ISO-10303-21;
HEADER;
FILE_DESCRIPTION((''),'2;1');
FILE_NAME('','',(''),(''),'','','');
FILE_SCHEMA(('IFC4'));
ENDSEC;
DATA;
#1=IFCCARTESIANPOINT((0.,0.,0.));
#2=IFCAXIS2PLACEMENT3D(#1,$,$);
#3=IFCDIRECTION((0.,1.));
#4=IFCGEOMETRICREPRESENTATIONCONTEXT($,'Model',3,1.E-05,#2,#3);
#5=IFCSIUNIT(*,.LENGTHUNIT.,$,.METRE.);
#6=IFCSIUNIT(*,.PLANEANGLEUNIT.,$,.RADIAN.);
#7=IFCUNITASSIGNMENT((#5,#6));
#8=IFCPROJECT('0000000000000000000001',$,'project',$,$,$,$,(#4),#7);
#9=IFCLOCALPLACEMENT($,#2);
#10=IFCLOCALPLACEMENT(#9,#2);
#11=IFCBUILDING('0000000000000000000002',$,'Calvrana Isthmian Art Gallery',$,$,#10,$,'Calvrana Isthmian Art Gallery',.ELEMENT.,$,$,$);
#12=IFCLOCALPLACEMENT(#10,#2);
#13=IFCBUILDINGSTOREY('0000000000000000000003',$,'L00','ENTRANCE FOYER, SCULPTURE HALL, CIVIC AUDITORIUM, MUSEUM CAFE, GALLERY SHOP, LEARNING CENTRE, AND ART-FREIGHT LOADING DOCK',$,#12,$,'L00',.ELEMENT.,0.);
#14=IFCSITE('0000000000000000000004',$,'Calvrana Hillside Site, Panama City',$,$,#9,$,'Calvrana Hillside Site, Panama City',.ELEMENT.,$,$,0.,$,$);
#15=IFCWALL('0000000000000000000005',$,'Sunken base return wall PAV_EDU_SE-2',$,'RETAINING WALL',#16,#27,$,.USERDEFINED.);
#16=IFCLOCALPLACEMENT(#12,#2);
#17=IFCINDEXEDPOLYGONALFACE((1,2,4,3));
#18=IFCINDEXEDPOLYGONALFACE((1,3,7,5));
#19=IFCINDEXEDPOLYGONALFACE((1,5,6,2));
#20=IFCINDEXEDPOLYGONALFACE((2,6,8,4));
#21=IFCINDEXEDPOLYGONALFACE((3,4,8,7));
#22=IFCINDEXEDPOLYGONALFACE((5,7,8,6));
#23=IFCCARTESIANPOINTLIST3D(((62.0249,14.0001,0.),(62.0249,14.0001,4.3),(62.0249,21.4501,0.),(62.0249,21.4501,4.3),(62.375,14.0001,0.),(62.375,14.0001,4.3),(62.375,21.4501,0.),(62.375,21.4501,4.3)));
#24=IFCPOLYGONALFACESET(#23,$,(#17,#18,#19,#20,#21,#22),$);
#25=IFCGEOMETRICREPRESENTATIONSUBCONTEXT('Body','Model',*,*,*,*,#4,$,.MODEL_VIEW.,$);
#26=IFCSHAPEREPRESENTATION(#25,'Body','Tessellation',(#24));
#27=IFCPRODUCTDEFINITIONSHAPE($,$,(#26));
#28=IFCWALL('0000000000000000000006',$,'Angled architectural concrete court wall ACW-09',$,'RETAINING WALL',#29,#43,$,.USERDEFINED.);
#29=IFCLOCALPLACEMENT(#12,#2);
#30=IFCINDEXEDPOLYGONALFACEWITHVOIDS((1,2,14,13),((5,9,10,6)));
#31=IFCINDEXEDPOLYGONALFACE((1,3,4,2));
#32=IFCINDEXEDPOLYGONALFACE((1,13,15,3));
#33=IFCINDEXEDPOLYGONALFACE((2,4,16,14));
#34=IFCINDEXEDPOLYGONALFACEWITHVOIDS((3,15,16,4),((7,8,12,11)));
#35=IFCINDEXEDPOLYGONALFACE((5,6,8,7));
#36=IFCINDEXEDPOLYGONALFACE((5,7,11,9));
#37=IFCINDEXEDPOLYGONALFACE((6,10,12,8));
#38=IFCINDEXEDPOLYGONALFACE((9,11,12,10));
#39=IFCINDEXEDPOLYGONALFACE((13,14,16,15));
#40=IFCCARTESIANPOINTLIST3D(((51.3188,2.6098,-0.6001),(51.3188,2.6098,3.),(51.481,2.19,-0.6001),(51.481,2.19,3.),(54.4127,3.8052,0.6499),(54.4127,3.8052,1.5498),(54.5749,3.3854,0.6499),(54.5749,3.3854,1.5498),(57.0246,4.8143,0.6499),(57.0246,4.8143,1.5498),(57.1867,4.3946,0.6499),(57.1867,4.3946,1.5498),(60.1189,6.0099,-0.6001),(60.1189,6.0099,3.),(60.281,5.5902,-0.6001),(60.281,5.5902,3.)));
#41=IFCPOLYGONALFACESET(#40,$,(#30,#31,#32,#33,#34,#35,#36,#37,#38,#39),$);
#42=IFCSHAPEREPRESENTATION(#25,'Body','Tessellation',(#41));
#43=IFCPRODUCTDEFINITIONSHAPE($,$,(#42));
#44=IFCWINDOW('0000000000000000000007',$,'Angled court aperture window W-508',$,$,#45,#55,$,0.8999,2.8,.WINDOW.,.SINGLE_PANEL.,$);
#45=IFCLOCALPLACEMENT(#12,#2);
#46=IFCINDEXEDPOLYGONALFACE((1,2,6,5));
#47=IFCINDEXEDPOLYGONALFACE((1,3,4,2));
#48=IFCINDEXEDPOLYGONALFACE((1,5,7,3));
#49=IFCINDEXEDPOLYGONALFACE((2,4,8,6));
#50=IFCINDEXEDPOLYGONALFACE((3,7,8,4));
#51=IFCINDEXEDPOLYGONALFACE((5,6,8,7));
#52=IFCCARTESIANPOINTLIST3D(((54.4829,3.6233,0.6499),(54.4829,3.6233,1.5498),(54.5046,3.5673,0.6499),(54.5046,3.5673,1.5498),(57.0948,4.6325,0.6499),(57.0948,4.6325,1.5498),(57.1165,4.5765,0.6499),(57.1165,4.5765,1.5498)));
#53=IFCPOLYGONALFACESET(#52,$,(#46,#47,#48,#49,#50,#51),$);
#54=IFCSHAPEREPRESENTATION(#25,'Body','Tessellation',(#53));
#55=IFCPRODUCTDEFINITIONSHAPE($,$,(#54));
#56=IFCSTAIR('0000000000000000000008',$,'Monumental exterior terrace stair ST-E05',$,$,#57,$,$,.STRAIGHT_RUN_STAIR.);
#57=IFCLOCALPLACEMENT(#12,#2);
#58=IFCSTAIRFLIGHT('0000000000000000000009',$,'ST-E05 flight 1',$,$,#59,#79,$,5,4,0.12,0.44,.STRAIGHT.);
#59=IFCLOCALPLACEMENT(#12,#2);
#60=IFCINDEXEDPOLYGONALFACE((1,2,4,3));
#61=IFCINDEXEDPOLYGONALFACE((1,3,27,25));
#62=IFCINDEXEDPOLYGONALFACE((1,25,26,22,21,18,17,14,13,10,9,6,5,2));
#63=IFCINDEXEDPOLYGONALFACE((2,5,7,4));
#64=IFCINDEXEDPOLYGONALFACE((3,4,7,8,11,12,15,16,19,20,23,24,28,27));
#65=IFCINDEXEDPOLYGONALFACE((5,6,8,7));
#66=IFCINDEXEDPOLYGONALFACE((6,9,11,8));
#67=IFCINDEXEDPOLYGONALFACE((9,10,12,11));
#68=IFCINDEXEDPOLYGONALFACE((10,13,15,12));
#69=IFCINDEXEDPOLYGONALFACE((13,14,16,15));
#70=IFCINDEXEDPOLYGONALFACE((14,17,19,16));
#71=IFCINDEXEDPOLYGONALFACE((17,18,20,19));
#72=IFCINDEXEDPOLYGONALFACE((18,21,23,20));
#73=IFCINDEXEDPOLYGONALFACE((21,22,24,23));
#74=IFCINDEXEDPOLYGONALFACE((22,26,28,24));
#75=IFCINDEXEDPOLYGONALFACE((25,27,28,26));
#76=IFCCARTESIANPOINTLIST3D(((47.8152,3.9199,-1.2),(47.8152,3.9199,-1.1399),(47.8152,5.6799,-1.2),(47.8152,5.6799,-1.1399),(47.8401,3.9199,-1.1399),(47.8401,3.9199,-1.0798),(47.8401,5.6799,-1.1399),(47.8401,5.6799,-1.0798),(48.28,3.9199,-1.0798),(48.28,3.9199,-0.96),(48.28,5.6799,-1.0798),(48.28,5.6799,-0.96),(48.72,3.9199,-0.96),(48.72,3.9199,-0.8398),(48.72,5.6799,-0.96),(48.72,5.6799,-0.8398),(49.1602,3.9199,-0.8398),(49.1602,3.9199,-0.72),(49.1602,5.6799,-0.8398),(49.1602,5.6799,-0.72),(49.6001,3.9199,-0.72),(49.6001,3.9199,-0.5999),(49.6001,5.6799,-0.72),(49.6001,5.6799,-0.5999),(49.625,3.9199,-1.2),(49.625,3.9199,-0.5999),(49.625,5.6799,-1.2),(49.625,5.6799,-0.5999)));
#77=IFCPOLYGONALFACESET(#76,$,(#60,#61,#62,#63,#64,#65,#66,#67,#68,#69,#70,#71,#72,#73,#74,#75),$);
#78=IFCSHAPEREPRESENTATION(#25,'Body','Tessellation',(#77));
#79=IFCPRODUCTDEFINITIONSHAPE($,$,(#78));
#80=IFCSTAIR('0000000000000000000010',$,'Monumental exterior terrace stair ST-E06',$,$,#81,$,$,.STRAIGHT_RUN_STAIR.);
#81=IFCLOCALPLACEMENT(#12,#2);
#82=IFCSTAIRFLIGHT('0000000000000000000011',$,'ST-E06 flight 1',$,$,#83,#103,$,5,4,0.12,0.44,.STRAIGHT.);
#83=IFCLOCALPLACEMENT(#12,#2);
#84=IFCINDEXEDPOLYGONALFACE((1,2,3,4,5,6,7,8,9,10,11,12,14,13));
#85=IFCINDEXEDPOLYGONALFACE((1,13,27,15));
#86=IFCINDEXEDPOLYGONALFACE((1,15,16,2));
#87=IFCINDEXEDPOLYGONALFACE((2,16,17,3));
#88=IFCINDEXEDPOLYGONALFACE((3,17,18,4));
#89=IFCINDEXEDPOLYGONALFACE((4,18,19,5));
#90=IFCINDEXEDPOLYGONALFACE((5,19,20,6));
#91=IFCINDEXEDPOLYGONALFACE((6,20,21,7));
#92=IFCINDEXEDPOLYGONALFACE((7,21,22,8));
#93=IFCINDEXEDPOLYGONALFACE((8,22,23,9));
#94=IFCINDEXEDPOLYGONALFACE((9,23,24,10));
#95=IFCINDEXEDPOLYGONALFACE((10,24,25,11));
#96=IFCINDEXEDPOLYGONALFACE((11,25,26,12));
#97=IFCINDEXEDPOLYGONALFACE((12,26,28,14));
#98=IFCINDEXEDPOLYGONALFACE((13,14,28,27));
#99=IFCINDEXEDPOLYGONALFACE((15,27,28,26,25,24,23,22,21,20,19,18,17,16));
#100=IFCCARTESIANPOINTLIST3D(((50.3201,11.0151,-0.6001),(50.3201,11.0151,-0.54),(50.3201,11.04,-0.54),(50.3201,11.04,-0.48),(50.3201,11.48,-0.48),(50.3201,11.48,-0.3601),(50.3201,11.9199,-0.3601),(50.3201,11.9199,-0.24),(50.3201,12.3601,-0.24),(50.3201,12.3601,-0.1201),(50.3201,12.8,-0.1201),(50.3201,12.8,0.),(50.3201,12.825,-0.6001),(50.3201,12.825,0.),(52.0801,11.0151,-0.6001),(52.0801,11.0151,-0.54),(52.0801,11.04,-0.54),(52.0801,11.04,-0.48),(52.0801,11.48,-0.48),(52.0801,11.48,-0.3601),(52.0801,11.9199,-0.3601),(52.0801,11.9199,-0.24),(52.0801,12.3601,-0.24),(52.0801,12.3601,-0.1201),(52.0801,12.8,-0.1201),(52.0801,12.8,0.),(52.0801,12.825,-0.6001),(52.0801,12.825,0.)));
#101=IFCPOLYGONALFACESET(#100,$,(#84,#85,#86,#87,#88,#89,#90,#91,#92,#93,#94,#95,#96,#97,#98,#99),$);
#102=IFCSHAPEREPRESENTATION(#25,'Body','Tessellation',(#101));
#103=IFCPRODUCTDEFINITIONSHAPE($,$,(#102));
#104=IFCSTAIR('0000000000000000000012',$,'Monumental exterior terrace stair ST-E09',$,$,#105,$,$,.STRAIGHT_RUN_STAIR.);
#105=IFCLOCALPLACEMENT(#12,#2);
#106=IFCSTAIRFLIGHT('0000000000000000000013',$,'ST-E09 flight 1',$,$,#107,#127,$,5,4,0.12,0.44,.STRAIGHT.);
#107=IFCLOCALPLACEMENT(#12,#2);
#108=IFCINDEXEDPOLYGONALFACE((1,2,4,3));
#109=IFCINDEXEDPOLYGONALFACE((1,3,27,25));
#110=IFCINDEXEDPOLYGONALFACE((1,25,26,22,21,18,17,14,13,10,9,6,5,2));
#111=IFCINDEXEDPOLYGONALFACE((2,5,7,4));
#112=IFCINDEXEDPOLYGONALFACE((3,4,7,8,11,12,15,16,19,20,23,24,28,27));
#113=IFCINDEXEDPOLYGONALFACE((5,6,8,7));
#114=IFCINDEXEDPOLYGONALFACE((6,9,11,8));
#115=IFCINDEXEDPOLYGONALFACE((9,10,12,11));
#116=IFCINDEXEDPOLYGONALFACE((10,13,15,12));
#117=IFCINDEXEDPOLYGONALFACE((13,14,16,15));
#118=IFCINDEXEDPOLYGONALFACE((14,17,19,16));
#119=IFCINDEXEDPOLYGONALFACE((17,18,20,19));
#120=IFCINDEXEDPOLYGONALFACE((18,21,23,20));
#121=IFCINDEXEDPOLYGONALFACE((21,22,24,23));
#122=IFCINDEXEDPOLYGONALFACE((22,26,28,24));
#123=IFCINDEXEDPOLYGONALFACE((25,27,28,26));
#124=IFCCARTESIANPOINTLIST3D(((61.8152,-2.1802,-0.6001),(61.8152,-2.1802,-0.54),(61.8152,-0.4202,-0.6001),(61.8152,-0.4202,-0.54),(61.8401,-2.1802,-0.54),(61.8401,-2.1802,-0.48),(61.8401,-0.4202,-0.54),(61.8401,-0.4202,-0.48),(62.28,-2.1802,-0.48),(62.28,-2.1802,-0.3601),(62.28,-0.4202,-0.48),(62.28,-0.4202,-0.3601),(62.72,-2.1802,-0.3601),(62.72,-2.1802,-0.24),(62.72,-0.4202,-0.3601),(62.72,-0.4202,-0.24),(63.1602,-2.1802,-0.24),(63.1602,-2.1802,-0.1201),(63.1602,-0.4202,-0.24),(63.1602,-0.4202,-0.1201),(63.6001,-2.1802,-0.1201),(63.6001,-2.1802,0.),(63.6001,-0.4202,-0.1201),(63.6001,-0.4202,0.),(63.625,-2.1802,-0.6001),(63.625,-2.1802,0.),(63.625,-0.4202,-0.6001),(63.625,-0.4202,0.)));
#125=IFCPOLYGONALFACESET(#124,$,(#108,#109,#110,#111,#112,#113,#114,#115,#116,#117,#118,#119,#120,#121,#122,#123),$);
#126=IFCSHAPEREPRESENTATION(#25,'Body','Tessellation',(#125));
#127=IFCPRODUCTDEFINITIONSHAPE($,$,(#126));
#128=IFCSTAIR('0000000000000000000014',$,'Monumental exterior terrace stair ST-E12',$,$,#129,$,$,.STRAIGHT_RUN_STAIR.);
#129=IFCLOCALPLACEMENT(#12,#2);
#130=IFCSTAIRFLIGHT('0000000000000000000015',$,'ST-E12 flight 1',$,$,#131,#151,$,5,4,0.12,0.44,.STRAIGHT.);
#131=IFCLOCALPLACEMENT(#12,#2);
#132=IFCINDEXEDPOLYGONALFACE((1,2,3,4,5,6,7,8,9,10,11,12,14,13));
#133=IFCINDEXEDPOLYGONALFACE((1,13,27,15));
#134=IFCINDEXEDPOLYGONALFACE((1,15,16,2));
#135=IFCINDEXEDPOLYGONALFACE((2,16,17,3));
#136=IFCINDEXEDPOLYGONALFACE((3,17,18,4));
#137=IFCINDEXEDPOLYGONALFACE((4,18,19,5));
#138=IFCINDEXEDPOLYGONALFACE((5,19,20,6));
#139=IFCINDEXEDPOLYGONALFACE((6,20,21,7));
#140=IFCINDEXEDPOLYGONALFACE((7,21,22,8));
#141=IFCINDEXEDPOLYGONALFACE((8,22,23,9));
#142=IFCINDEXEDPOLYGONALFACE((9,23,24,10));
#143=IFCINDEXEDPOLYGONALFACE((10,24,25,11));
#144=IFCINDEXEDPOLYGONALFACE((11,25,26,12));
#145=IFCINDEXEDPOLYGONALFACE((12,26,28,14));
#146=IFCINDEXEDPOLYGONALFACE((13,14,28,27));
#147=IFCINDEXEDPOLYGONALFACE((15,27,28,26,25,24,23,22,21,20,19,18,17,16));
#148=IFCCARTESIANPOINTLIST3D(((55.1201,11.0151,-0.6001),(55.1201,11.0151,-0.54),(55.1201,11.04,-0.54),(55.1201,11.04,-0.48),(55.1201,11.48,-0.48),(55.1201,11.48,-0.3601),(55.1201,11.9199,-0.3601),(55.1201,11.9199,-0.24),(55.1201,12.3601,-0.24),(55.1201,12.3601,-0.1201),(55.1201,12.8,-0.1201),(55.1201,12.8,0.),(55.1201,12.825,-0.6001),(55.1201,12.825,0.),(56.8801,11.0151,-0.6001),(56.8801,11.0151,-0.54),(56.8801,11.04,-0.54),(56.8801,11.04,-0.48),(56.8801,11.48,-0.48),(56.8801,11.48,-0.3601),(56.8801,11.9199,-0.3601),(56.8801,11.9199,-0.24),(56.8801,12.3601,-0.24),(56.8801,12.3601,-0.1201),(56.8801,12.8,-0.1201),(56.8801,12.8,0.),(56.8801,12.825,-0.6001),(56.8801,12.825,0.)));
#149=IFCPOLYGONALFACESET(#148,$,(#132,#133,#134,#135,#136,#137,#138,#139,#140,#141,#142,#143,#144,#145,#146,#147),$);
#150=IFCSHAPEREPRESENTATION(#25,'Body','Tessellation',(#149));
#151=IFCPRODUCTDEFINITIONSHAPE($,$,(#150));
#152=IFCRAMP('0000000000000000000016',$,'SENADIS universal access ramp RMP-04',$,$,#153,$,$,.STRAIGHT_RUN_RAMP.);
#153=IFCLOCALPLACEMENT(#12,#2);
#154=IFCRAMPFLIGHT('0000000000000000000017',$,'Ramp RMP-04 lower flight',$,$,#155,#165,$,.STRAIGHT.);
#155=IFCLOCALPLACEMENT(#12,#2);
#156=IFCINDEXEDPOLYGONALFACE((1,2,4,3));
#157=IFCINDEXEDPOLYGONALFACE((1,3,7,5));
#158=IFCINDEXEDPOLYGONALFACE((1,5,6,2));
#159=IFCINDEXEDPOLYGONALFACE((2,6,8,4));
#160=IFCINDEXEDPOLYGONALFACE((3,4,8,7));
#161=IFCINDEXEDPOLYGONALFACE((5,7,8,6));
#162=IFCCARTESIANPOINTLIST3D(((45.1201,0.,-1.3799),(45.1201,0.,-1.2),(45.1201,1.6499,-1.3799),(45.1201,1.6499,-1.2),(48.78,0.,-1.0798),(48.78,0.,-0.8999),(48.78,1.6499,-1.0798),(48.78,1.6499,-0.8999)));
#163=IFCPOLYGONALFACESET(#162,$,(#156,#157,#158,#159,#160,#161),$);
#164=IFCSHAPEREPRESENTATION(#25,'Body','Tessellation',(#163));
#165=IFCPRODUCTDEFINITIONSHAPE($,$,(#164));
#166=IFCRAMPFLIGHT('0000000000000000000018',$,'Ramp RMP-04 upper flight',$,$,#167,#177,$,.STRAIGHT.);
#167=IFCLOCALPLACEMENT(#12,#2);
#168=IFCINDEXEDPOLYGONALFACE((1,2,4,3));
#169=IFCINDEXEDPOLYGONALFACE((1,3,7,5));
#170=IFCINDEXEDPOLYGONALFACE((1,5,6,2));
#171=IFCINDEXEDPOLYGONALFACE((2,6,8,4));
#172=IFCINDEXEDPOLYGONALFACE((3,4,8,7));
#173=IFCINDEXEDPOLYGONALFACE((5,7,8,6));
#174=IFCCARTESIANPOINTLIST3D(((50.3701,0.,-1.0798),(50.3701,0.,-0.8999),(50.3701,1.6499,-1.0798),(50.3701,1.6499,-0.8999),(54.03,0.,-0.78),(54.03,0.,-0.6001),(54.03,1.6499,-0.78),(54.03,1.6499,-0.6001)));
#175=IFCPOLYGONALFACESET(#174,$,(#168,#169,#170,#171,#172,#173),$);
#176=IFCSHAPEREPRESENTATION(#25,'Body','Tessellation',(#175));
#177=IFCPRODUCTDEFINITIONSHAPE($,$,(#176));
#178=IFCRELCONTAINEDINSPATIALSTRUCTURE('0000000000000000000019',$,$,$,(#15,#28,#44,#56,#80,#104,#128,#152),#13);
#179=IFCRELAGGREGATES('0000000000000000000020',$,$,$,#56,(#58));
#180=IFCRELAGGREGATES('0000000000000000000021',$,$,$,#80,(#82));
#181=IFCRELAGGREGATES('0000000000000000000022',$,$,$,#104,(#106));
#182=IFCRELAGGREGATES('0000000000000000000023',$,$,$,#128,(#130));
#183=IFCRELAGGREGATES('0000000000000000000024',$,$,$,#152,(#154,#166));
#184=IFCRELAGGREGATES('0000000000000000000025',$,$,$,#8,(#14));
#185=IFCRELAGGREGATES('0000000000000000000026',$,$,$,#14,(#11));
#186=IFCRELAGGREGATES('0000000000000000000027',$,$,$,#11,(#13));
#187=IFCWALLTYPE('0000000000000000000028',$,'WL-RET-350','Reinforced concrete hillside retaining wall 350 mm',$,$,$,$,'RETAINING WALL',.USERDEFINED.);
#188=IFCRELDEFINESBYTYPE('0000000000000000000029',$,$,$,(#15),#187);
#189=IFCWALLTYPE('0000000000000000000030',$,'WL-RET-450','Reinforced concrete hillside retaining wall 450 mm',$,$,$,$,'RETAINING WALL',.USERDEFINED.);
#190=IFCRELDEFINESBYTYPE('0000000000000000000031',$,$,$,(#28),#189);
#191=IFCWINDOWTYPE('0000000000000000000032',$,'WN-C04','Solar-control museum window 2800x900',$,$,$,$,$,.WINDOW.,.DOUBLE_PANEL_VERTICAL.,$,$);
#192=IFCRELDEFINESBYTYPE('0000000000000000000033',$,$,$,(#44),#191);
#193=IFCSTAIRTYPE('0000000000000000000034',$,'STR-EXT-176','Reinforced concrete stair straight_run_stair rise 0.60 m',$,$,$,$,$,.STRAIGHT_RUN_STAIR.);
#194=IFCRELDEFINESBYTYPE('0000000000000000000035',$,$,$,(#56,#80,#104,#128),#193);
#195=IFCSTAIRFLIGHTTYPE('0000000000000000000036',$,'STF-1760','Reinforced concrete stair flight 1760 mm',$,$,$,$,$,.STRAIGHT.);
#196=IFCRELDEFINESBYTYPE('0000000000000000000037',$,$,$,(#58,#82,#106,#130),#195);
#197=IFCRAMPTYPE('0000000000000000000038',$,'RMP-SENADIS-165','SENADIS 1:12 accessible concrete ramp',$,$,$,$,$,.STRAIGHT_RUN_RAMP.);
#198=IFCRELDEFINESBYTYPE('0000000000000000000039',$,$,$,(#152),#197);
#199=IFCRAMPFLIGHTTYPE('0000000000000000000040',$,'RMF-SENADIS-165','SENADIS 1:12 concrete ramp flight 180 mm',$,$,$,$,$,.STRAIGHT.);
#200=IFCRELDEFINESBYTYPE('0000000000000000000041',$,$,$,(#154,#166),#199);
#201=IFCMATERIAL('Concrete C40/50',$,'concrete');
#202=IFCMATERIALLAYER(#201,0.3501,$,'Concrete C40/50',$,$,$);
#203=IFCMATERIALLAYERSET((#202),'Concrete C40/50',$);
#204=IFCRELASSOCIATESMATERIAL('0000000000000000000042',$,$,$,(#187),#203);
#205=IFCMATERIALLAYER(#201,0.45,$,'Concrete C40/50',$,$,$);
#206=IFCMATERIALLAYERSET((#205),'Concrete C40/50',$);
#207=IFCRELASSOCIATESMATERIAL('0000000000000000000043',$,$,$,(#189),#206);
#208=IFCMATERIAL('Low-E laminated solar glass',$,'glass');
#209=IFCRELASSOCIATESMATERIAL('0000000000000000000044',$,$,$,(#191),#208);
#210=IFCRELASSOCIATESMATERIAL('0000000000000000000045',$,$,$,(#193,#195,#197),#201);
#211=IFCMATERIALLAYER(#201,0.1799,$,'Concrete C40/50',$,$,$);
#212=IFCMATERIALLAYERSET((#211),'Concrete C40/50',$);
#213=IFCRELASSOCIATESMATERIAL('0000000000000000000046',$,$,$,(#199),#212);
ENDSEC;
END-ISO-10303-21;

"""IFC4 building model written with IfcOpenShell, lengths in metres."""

from ifc_helpers import new_model, si_unit, direction, frame, frame_2d, origin, place, context, subcontext, project, spatial, polyline, rectangle, outline, extrude, material, layer, layer_set, type_object, element, fill, aggregate, save


model = new_model("IFC4")

# Units and contexts
model_context = context("Model", 3, precision=1e-05, world=origin(), true_north=direction((0.0, 1.0)))
body_context = subcontext(model_context, "Body", "Model", "MODEL_VIEW")
ifc_project = project(units=[si_unit("LENGTHUNIT", "METRE"), si_unit("PLANEANGLEUNIT", "RADIAN")], contexts=[model_context])

# Site, building, storey
site_placement = place(None, origin())
site = spatial("IfcSite", under=ifc_project, at=site_placement, Name="Calvrana Hillside Site, Panama City", LongName="Calvrana Hillside Site, Panama City", CompositionType="ELEMENT", RefElevation=0.0)
building_placement = place(site_placement, origin())
building = spatial("IfcBuilding", under=site, at=building_placement, Name="Calvrana Isthmian Art Gallery", LongName="Calvrana Isthmian Art Gallery", CompositionType="ELEMENT")
storey_placement = place(building_placement, origin())
storey = spatial("IfcBuildingStorey", under=building, at=storey_placement, Name="L00", Description="ENTRANCE FOYER, SCULPTURE HALL, CIVIC AUDITORIUM, MUSEUM CAFE, GALLERY SHOP, LEARNING CENTRE, AND ART-FREIGHT LOADING DOCK", LongName="L00", CompositionType="ELEMENT", Elevation=0.0)

# Shared definitions
ifc_material_1 = material(Name="Low-E laminated solar glass", Category="glass")

# Wall
ifc_material_2 = material(Name="Concrete C40/50", Category="concrete")
ifc_layer_1 = layer(ifc_material_2, 0.3501, Name="Concrete C40/50")
ifc_layer_set_1 = layer_set([ifc_layer_1], Name="Concrete C40/50")
wall_type_1 = type_object("IfcWallType", Name="WL-RET-350", Description="Reinforced concrete hillside retaining wall 350 mm", ElementType="RETAINING WALL", PredefinedType="USERDEFINED", material=ifc_layer_set_1)
wall_1_placement = place(storey_placement, frame((62.2, 14.0, 0.0), z_axis=(0.0, 0.0, 1.0), x_axis=(0.0, 1.0, 0.0)))
element("IfcWall", 1, at=wall_1_placement, inside=storey, type_object=wall_type_1, Name="Sunken base return wall PAV_EDU_SE-2", ObjectType="RETAINING WALL", PredefinedType="USERDEFINED", context=body_context, shape_type="SweptSolid", body=[
    extrude(rectangle(XDim=7.45, YDim=0.3501, at=frame_2d((3.7251, 0.0))), origin(), (0.0, 0.0, 1.0), 4.3),
])

# Wall, opening, window
ifc_layer_2 = layer(ifc_material_2, 0.45, Name="Concrete C40/50")
ifc_layer_set_2 = layer_set([ifc_layer_2], Name="Concrete C40/50")
wall_type_2 = type_object("IfcWallType", Name="WL-RET-450", Description="Reinforced concrete hillside retaining wall 450 mm", ElementType="RETAINING WALL", PredefinedType="USERDEFINED", material=ifc_layer_set_2)
wall_2_placement = place(storey_placement, frame((51.3999, 2.3999, -0.6001), z_axis=(0.0, 0.0, 1.0), x_axis=(0.932794, 0.360411, 0.0)))
wall_2 = element("IfcWall", 2, at=wall_2_placement, inside=storey, type_object=wall_type_2, Name="Angled architectural concrete court wall ACW-09", ObjectType="RETAINING WALL", PredefinedType="USERDEFINED", context=body_context, shape_type="SweptSolid", body=[
    extrude(rectangle(XDim=9.4341, YDim=0.45, at=frame_2d((4.717, 0.0))), origin(), (0.0, 0.0, 1.0), 3.6001),
])
opening_placement = place(wall_2_placement, frame((3.3169, 0.0, 1.25)))
opening = element("IfcOpeningElement", 3, at=opening_placement, cuts=wall_2, PredefinedType="OPENING", context=body_context, shape_type="SweptSolid", body=[
    extrude(rectangle(XDim=2.8, YDim=0.8999, at=frame_2d((1.3999, 0.45))), frame((0.0, 0.2354, 0.0), z_axis=(0.0, -1.0, 0.0), x_axis=(1.0, 0.0, 0.0)), (0.0, 0.0, 1.0), 0.4705),
])
window_type = type_object("IfcWindowType", Name="WN-C04", Description="Solar-control museum window 2800x900", PartitioningType="DOUBLE_PANEL_VERTICAL", PredefinedType="WINDOW", material=ifc_material_1)
window_placement = place(opening_placement, origin())
window = element("IfcWindow", 4, at=window_placement, inside=storey, type_object=window_type, Name="Angled court aperture window W-508", OverallHeight=0.8999, OverallWidth=2.8, PartitioningType="SINGLE_PANEL", PredefinedType="WINDOW", context=body_context, shape_type="SweptSolid", body=[
    extrude(rectangle(XDim=2.8, YDim=0.8999, at=frame_2d((1.3999, 0.45))), frame((0.0, 0.03, 0.0), z_axis=(0.0, -1.0, 0.0), x_axis=(1.0, 0.0, 0.0)), (0.0, 0.0, 1.0), 0.0601),
])
fill(opening, window)

# Stairs, stair flights
stair_type = type_object("IfcStairType", Name="STR-EXT-176", Description="Reinforced concrete stair straight_run_stair rise 0.60 m", PredefinedType="STRAIGHT_RUN_STAIR", material=ifc_material_2)
stair_1_placement = place(storey_placement, origin())
stair_1 = element("IfcStair", 5, at=stair_1_placement, inside=storey, type_object=stair_type, Name="Monumental exterior terrace stair ST-E05", PredefinedType="STRAIGHT_RUN_STAIR")
stair_flight_type = type_object("IfcStairFlightType", Name="STF-1760", Description="Reinforced concrete stair flight 1760 mm", PredefinedType="STRAIGHT", material=ifc_material_2)
stair_flight_1_placement = place(storey_placement, frame((47.8401, 4.8, -1.2), z_axis=(0.0, 0.0, 1.0), x_axis=(1.0, 0.0, 0.0)))
stair_flight_1 = element("IfcStairFlight", 6, at=stair_flight_1_placement, type_object=stair_flight_type, Name="ST-E05 flight 1", NumberOfRisers=5, NumberOfTreads=4, PredefinedType="STRAIGHT", RiserHeight=0.12, TreadLength=0.44, context=body_context, shape_type="SweptSolid", body=[
    extrude(outline(polyline([(-0.0249, 0.0), (-0.0249, 0.0601), (0.0, 0.0601), (0.0, 0.1201), (0.4399, 0.1201), (0.4399, 0.24), (0.8799, 0.24), (0.8799, 0.3601), (1.3201, 0.3601), (1.3201, 0.48), (1.76, 0.48), (1.76, 0.6001), (1.7849, 0.6001), (1.7849, 0.0), (-0.0249, 0.0)])), frame((0.0, 0.8799, 0.0), z_axis=(0.0, -1.0, 0.0), x_axis=(1.0, 0.0, 0.0)), (0.0, 0.0, 1.0), 1.76),
])
aggregate(stair_1, [stair_flight_1])
stair_2_placement = place(storey_placement, origin())
stair_2 = element("IfcStair", 7, at=stair_2_placement, inside=storey, type_object=stair_type, Name="Monumental exterior terrace stair ST-E06", PredefinedType="STRAIGHT_RUN_STAIR")
stair_flight_2_placement = place(storey_placement, frame((51.2, 11.04, -0.6001), z_axis=(0.0, 0.0, 1.0), x_axis=(0.0, 1.0, 0.0)))
stair_flight_2 = element("IfcStairFlight", 8, at=stair_flight_2_placement, type_object=stair_flight_type, Name="ST-E06 flight 1", NumberOfRisers=5, NumberOfTreads=4, PredefinedType="STRAIGHT", RiserHeight=0.12, TreadLength=0.44, context=body_context, shape_type="SweptSolid", body=[
    extrude(outline(polyline([(-0.0249, 0.0), (-0.0249, 0.0601), (0.0, 0.0601), (0.0, 0.1201), (0.4399, 0.1201), (0.4399, 0.24), (0.8799, 0.24), (0.8799, 0.3601), (1.3201, 0.3601), (1.3201, 0.48), (1.76, 0.48), (1.76, 0.6001), (1.7849, 0.6001), (1.7849, 0.0), (-0.0249, 0.0)])), frame((0.0, 0.8799, 0.0), z_axis=(0.0, -1.0, 0.0), x_axis=(1.0, 0.0, 0.0)), (0.0, 0.0, 1.0), 1.76),
])
aggregate(stair_2, [stair_flight_2])
stair_3_placement = place(storey_placement, origin())
stair_3 = element("IfcStair", 9, at=stair_3_placement, inside=storey, type_object=stair_type, Name="Monumental exterior terrace stair ST-E09", PredefinedType="STRAIGHT_RUN_STAIR")
stair_flight_3_placement = place(storey_placement, frame((61.8401, -1.3, -0.6001), z_axis=(0.0, 0.0, 1.0), x_axis=(1.0, 0.0, 0.0)))
stair_flight_3 = element("IfcStairFlight", 10, at=stair_flight_3_placement, type_object=stair_flight_type, Name="ST-E09 flight 1", NumberOfRisers=5, NumberOfTreads=4, PredefinedType="STRAIGHT", RiserHeight=0.12, TreadLength=0.44, context=body_context, shape_type="SweptSolid", body=[
    extrude(outline(polyline([(-0.0249, 0.0), (-0.0249, 0.0601), (0.0, 0.0601), (0.0, 0.1201), (0.4399, 0.1201), (0.4399, 0.24), (0.8799, 0.24), (0.8799, 0.3601), (1.3201, 0.3601), (1.3201, 0.48), (1.76, 0.48), (1.76, 0.6001), (1.7849, 0.6001), (1.7849, 0.0), (-0.0249, 0.0)])), frame((0.0, 0.8799, 0.0), z_axis=(0.0, -1.0, 0.0), x_axis=(1.0, 0.0, 0.0)), (0.0, 0.0, 1.0), 1.76),
])
aggregate(stair_3, [stair_flight_3])
stair_4_placement = place(storey_placement, origin())
stair_4 = element("IfcStair", 11, at=stair_4_placement, inside=storey, type_object=stair_type, Name="Monumental exterior terrace stair ST-E12", PredefinedType="STRAIGHT_RUN_STAIR")
stair_flight_4_placement = place(storey_placement, frame((56.0, 11.04, -0.6001), z_axis=(0.0, 0.0, 1.0), x_axis=(0.0, 1.0, 0.0)))
stair_flight_4 = element("IfcStairFlight", 12, at=stair_flight_4_placement, type_object=stair_flight_type, Name="ST-E12 flight 1", NumberOfRisers=5, NumberOfTreads=4, PredefinedType="STRAIGHT", RiserHeight=0.12, TreadLength=0.44, context=body_context, shape_type="SweptSolid", body=[
    extrude(outline(polyline([(-0.0249, 0.0), (-0.0249, 0.0601), (0.0, 0.0601), (0.0, 0.1201), (0.4399, 0.1201), (0.4399, 0.24), (0.8799, 0.24), (0.8799, 0.3601), (1.3201, 0.3601), (1.3201, 0.48), (1.76, 0.48), (1.76, 0.6001), (1.7849, 0.6001), (1.7849, 0.0), (-0.0249, 0.0)])), frame((0.0, 0.8799, 0.0), z_axis=(0.0, -1.0, 0.0), x_axis=(1.0, 0.0, 0.0)), (0.0, 0.0, 1.0), 1.76),
])
aggregate(stair_4, [stair_flight_4])

# Ramp, ramp flights
ramp_type = type_object("IfcRampType", Name="RMP-SENADIS-165", Description="SENADIS 1:12 accessible concrete ramp", PredefinedType="STRAIGHT_RUN_RAMP", material=ifc_material_2)
ramp_1_placement = place(storey_placement, origin())
ramp_1 = element("IfcRamp", 13, at=ramp_1_placement, inside=storey, type_object=ramp_type, Name="SENADIS universal access ramp RMP-04", PredefinedType="STRAIGHT_RUN_RAMP")
ifc_layer_3 = layer(ifc_material_2, 0.1799, Name="Concrete C40/50")
ifc_layer_set_3 = layer_set([ifc_layer_3], Name="Concrete C40/50")
ramp_flight_type = type_object("IfcRampFlightType", Name="RMF-SENADIS-165", Description="SENADIS 1:12 concrete ramp flight 180 mm", PredefinedType="STRAIGHT", material=ifc_layer_set_3)
ramp_flight_1_placement = place(storey_placement, frame((45.1201, 0.825, -1.2), z_axis=(0.0, 0.0, 1.0), x_axis=(1.0, 0.0, 0.0)))
ramp_flight_1 = element("IfcRampFlight", 14, at=ramp_flight_1_placement, type_object=ramp_flight_type, Name="Ramp RMP-04 lower flight", PredefinedType="STRAIGHT", context=body_context, shape_type="SweptSolid", body=[
    extrude(outline(polyline([(0.0, -0.1799), (0.0, 0.0), (3.6599, 0.3), (3.6599, 0.1201), (0.0, -0.1799)])), frame((0.0, 0.825, 0.0), z_axis=(0.0, -1.0, 0.0), x_axis=(1.0, 0.0, 0.0)), (0.0, 0.0, 1.0), 1.6499),
])
ramp_flight_2_placement = place(storey_placement, frame((50.3701, 0.825, -0.8999), z_axis=(0.0, 0.0, 1.0), x_axis=(1.0, 0.0, 0.0)))
ramp_flight_2 = element("IfcRampFlight", 15, at=ramp_flight_2_placement, type_object=ramp_flight_type, Name="Ramp RMP-04 upper flight", PredefinedType="STRAIGHT", context=body_context, shape_type="SweptSolid", body=[
    extrude(outline(polyline([(0.0, -0.1799), (0.0, 0.0), (3.6599, 0.2998), (3.6599, 0.1199), (0.0, -0.1799)])), frame((0.0, 0.825, 0.0), z_axis=(0.0, -1.0, 0.0), x_axis=(1.0, 0.0, 0.0)), (0.0, 0.0, 1.0), 1.6499),
])
aggregate(ramp_1, [ramp_flight_1, ramp_flight_2])

save(model, "model.ifc")
